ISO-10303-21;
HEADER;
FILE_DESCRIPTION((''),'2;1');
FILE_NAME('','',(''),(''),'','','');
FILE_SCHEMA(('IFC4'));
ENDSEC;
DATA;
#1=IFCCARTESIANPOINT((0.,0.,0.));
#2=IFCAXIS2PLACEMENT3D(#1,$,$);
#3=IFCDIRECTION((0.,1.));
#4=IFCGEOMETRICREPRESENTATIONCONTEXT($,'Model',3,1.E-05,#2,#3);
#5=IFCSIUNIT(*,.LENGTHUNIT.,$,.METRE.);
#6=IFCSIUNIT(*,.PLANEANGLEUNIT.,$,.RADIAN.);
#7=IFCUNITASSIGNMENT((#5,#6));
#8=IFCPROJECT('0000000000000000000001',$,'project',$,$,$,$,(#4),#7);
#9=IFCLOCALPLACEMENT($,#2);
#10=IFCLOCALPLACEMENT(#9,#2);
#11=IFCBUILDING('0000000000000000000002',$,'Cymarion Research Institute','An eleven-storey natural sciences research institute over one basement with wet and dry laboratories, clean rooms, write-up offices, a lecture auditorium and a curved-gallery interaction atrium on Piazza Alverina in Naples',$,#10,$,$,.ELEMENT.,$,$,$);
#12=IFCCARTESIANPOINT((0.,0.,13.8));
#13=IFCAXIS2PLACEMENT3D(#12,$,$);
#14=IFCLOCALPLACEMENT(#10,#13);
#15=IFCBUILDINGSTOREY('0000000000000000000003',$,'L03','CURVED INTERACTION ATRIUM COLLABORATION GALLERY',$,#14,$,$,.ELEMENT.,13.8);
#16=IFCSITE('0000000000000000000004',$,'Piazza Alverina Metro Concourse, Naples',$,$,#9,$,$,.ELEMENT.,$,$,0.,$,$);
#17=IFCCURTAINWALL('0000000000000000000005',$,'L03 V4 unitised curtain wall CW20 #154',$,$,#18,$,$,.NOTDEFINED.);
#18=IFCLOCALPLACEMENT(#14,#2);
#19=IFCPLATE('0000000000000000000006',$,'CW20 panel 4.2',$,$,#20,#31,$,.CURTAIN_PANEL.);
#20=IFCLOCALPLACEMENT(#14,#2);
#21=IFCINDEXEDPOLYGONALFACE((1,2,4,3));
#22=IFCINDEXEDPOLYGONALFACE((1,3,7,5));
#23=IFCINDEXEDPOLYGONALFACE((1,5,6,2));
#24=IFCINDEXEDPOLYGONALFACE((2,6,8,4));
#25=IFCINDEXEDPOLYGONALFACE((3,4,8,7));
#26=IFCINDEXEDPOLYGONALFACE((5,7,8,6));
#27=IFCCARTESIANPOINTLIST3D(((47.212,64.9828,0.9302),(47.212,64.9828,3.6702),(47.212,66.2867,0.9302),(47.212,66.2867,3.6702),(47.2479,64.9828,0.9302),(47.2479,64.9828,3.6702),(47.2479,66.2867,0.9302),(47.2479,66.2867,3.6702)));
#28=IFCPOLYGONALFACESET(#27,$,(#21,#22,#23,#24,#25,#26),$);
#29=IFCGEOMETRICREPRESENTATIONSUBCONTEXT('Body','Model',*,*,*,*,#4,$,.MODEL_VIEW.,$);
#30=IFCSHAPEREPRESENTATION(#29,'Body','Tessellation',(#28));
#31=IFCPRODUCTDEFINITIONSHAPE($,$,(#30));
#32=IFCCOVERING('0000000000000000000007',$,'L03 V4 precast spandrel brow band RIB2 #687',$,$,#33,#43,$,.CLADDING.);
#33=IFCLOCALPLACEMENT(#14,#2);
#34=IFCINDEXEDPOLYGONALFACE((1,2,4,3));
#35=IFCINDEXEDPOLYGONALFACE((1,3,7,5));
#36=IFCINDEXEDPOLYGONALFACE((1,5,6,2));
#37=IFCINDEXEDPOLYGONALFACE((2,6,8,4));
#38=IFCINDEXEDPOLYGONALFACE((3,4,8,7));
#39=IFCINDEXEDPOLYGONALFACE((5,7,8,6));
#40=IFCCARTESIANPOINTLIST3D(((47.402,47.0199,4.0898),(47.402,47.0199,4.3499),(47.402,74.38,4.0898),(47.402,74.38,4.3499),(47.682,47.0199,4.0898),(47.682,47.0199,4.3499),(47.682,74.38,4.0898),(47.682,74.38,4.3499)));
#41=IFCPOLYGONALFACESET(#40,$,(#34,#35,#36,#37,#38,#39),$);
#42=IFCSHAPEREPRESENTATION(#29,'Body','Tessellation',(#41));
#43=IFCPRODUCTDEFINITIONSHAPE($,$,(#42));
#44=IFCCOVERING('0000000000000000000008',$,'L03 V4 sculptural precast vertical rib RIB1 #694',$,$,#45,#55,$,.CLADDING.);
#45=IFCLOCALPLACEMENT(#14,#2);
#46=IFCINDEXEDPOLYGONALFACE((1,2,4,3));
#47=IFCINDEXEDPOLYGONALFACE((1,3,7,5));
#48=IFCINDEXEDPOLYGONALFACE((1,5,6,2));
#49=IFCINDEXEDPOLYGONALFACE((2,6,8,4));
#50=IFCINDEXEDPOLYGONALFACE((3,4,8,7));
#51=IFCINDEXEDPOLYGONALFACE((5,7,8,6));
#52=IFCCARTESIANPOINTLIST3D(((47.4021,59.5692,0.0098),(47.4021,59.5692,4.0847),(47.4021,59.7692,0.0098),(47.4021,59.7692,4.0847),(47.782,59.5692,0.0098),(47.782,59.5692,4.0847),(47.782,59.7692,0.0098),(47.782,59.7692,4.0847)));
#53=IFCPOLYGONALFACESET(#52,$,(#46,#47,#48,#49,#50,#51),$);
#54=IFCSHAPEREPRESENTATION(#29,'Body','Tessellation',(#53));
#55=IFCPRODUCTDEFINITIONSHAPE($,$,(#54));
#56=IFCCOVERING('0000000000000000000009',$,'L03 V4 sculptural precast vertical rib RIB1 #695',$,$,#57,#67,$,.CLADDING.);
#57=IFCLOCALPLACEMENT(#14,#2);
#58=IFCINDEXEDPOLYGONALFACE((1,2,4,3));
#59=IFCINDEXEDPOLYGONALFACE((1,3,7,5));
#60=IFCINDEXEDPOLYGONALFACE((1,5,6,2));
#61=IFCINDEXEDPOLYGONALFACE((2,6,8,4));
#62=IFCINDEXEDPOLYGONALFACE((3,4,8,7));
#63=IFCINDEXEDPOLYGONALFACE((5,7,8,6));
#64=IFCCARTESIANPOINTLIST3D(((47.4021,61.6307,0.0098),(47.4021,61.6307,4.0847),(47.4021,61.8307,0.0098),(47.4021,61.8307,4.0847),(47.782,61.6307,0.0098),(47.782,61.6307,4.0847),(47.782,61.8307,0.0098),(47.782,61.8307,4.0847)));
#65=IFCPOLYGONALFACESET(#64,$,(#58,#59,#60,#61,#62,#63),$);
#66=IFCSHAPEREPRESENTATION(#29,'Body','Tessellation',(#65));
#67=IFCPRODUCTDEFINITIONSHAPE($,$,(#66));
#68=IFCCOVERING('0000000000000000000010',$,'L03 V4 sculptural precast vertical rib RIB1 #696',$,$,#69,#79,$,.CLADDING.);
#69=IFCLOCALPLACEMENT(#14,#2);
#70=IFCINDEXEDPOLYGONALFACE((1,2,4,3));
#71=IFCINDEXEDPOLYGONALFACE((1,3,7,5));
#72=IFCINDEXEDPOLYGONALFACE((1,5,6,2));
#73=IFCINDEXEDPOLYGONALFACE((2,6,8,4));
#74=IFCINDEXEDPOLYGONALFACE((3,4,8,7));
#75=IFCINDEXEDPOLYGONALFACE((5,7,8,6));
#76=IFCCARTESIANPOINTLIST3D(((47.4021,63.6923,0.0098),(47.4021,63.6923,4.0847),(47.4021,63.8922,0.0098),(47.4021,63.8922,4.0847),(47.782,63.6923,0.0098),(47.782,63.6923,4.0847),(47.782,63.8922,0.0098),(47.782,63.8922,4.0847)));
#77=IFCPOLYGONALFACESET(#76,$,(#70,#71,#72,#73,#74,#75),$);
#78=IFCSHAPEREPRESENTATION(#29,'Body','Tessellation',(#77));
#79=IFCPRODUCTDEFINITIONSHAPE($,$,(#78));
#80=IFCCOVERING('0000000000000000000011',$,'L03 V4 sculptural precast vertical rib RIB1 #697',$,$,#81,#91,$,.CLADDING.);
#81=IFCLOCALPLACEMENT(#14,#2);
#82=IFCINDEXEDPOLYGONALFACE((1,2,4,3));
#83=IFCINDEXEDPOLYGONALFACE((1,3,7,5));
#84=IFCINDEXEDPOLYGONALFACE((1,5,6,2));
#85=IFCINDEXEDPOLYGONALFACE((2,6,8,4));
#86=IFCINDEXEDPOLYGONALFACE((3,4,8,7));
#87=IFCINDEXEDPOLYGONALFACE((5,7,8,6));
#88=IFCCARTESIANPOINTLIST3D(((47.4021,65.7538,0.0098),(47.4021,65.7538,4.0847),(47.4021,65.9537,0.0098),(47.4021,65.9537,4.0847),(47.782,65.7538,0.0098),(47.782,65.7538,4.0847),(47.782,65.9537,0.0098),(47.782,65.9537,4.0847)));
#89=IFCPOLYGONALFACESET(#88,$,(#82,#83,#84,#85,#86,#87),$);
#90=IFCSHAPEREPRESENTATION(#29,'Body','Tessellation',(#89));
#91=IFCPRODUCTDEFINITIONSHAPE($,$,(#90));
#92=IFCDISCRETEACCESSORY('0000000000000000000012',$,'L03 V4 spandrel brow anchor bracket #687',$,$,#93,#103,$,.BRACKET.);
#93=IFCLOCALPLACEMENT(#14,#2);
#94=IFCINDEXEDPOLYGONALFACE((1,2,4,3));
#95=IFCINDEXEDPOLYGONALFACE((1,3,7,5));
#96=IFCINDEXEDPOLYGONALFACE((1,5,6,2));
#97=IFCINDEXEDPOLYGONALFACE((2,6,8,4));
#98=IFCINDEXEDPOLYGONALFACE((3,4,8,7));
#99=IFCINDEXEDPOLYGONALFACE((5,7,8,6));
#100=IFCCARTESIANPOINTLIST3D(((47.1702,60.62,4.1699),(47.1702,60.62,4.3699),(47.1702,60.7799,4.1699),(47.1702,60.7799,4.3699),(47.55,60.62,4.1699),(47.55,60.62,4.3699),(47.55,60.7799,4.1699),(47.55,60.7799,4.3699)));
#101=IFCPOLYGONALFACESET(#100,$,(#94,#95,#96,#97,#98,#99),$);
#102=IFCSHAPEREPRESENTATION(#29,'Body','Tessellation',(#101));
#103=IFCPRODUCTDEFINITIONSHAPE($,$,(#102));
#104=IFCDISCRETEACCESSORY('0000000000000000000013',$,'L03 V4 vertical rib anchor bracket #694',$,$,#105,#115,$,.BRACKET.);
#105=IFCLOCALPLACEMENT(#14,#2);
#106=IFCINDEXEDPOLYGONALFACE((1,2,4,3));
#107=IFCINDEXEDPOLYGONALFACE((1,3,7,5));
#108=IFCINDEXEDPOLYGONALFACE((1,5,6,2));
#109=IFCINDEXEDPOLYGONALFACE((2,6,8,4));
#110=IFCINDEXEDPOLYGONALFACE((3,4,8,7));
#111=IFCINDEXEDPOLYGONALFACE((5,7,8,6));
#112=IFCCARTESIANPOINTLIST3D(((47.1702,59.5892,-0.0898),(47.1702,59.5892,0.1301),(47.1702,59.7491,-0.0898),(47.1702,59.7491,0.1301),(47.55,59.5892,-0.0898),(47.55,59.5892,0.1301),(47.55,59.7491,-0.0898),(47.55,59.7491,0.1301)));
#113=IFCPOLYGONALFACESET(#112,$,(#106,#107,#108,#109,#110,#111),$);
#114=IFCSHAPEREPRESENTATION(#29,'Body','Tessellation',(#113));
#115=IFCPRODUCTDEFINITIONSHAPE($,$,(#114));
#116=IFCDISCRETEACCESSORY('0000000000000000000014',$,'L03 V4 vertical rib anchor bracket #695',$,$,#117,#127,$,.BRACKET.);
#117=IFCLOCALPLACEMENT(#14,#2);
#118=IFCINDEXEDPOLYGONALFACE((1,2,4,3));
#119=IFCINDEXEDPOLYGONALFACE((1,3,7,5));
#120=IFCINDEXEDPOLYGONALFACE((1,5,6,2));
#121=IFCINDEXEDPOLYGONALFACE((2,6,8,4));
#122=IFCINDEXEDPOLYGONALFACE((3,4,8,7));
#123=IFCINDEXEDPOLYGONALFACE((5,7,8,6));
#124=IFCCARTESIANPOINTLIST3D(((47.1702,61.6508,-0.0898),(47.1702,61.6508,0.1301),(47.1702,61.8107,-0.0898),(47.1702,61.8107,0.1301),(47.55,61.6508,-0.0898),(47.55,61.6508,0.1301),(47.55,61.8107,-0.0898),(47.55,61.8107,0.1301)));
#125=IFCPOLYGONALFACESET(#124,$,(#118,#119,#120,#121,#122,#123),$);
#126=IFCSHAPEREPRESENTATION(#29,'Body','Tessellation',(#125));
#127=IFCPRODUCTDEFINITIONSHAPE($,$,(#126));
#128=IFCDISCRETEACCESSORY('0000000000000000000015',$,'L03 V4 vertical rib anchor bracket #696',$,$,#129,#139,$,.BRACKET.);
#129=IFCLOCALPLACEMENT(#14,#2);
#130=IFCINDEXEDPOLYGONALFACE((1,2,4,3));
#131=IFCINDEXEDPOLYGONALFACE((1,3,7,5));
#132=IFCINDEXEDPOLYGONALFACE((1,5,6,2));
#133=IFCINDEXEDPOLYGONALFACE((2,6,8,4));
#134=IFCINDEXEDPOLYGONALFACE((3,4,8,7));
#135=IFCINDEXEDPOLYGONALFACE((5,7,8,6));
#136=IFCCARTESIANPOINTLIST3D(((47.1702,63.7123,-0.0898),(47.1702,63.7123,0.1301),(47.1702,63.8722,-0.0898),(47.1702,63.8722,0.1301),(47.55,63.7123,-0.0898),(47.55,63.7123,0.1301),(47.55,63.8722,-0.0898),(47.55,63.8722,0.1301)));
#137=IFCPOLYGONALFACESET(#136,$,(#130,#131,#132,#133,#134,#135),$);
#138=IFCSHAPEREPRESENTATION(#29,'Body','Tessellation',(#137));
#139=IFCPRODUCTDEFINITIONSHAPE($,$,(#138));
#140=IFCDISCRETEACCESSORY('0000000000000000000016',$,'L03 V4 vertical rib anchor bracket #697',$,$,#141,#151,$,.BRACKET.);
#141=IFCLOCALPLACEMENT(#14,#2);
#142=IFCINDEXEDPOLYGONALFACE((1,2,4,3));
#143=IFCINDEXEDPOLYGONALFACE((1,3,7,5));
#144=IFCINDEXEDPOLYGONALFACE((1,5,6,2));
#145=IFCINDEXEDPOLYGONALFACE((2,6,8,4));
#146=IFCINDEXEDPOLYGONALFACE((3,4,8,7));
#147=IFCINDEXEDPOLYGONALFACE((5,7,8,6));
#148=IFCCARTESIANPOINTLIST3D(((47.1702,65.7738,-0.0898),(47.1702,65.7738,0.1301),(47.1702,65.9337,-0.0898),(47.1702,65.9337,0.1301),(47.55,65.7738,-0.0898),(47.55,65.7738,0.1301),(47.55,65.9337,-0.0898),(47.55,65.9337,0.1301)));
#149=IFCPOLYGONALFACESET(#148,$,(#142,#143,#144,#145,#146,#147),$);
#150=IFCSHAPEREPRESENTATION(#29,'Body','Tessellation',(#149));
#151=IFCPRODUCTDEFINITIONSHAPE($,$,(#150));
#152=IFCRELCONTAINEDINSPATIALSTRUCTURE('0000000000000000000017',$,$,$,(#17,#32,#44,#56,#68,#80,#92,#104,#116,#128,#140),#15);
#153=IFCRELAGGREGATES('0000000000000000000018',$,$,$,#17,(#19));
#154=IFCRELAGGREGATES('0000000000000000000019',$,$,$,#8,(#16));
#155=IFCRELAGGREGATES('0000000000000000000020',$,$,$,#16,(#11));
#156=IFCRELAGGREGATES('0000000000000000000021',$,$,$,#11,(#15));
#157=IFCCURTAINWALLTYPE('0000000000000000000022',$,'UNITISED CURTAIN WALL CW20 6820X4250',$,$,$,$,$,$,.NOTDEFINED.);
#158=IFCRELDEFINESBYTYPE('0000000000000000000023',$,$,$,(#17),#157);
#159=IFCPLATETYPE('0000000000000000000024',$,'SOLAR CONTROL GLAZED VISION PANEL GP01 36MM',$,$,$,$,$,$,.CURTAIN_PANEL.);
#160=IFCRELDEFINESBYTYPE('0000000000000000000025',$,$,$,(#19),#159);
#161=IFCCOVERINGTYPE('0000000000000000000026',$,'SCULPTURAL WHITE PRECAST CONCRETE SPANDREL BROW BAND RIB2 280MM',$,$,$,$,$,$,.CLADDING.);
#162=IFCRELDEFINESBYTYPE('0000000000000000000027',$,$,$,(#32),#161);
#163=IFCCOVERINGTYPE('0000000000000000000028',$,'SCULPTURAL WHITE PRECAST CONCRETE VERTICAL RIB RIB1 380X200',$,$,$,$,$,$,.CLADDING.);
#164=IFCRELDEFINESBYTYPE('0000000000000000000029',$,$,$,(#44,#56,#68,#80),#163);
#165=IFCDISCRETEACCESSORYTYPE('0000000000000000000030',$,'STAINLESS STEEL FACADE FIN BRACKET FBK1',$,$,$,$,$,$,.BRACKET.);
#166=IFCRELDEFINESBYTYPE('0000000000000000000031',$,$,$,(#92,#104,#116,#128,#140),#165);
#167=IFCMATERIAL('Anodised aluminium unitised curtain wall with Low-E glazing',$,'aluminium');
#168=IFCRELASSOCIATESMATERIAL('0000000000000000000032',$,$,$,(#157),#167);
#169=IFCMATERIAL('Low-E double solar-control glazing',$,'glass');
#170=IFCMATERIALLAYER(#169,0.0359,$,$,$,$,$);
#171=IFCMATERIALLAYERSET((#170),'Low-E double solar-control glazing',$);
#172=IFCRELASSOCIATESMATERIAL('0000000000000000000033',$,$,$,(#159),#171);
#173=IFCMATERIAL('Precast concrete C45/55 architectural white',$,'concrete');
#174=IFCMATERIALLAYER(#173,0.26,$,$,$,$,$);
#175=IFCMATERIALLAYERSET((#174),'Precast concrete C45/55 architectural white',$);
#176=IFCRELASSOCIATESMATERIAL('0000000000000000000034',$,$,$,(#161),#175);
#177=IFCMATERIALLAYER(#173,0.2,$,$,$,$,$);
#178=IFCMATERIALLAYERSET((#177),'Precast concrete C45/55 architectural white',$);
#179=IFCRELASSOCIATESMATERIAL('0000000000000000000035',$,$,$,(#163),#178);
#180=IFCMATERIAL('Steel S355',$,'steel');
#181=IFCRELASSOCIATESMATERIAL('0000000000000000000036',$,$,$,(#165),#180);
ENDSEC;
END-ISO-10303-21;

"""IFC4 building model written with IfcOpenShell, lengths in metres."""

from ifc_helpers import new_model, si_unit, direction, frame, origin, origin_2d, place, context, subcontext, project, spatial, rectangle, extrude, material, layer, layer_set, type_object, element, aggregate, save


model = new_model("IFC4")

# Units and contexts
model_context = context("Model", 3, precision=1e-05, world=origin(), true_north=direction((0.0, 1.0)))
body_context = subcontext(model_context, "Body", "Model", "MODEL_VIEW")
ifc_project = project(units=[si_unit("LENGTHUNIT", "METRE"), si_unit("PLANEANGLEUNIT", "RADIAN")], contexts=[model_context])

# Site, building, storey
site_placement = place(None, origin())
site = spatial("IfcSite", under=ifc_project, at=site_placement, Name="Piazza Alverina Metro Concourse, Naples", CompositionType="ELEMENT", RefElevation=0.0)
building_placement = place(site_placement, origin())
building = spatial("IfcBuilding", under=site, at=building_placement, Name="Cymarion Research Institute", Description="An eleven-storey natural sciences research institute over one basement with wet and dry laboratories, clean rooms, write-up offices, a lecture auditorium and a curved-gallery interaction atrium on Piazza Alverina in Naples", CompositionType="ELEMENT")
storey_placement = place(building_placement, frame((0.0, 0.0, 13.8)))
storey = spatial("IfcBuildingStorey", under=building, at=storey_placement, Name="L03", Description="CURVED INTERACTION ATRIUM COLLABORATION GALLERY", CompositionType="ELEMENT", Elevation=13.8)

# Curtain wall, plate
ifc_material_1 = material(Name="Anodised aluminium unitised curtain wall with Low-E glazing", Category="aluminium")
curtain_wall_type = type_object("IfcCurtainWallType", Name="UNITISED CURTAIN WALL CW20 6820X4250", PredefinedType="NOTDEFINED", material=ifc_material_1)
curtain_wall_placement = place(storey_placement, origin())
curtain_wall = element("IfcCurtainWall", 1, at=curtain_wall_placement, inside=storey, type_object=curtain_wall_type, Name="L03 V4 unitised curtain wall CW20 #154", PredefinedType="NOTDEFINED")
ifc_material_2 = material(Name="Low-E double solar-control glazing", Category="glass")
ifc_layer_1 = layer(ifc_material_2, 0.0359)
ifc_layer_set_1 = layer_set([ifc_layer_1], Name="Low-E double solar-control glazing")
plate_type_1 = type_object("IfcPlateType", Name="SOLAR CONTROL GLAZED VISION PANEL GP01 36MM", PredefinedType="CURTAIN_PANEL", material=ifc_layer_set_1)
plate_1_placement = place(storey_placement, frame((47.23, 65.6348, 0.9302), z_axis=(0.0, 0.0, 1.0), x_axis=(0.0, 1.0, 0.0)))
plate_1 = element("IfcPlate", 2, at=plate_1_placement, type_object=plate_type_1, Name="CW20 panel 4.2", PredefinedType="CURTAIN_PANEL", context=body_context, shape_type="SweptSolid", body=[
    extrude(rectangle(XDim=1.304, YDim=0.0359, at=origin_2d()), origin(), (0.0, 0.0, 1.0), 2.74),
])
aggregate(curtain_wall, [plate_1])

# Coverings
ifc_material_3 = material(Name="Precast concrete C45/55 architectural white", Category="concrete")
ifc_layer_2 = layer(ifc_material_3, 0.26)
ifc_layer_set_2 = layer_set([ifc_layer_2], Name="Precast concrete C45/55 architectural white")
covering_type_1 = type_object("IfcCoveringType", Name="SCULPTURAL WHITE PRECAST CONCRETE SPANDREL BROW BAND RIB2 280MM", PredefinedType="CLADDING", material=ifc_layer_set_2)
covering_placement = place(storey_placement, frame((47.542, 60.7, 4.0898), z_axis=(0.0, 0.0, 1.0), x_axis=(1.0, 0.0, 0.0)))
element("IfcCovering", 3, at=covering_placement, inside=storey, type_object=covering_type_1, Name="L03 V4 precast spandrel brow band RIB2 #687", PredefinedType="CLADDING", context=body_context, shape_type="SweptSolid", body=[
    extrude(rectangle(XDim=0.28, YDim=27.3601, at=origin_2d()), origin(), (0.0, 0.0, 1.0), 0.26),
])
ifc_layer_3 = layer(ifc_material_3, 0.2)
ifc_layer_set_3 = layer_set([ifc_layer_3], Name="Precast concrete C45/55 architectural white")
covering_type_2 = type_object("IfcCoveringType", Name="SCULPTURAL WHITE PRECAST CONCRETE VERTICAL RIB RIB1 380X200", PredefinedType="CLADDING", material=ifc_layer_set_3)
for number, where, z_axis, x_axis, name in (
    (4, (47.592, 59.6692, 0.0098), (0.0, 0.0, 1.0), (1.0, 0.0, 0.0), "L03 V4 sculptural precast vertical rib RIB1 #694"),
    (5, (47.592, 61.7307, 0.0098), (0.0, 0.0, 1.0), (1.0, 0.0, 0.0), "L03 V4 sculptural precast vertical rib RIB1 #695"),
    (6, (47.592, 63.7922, 0.0098), (0.0, 0.0, 1.0), (1.0, 0.0, 0.0), "L03 V4 sculptural precast vertical rib RIB1 #696"),
    (7, (47.592, 65.8538, 0.0098), (0.0, 0.0, 1.0), (1.0, 0.0, 0.0), "L03 V4 sculptural precast vertical rib RIB1 #697"),
):
    element("IfcCovering", number, at=place(storey_placement, frame(where, z_axis=z_axis, x_axis=x_axis)), inside=storey, type_object=covering_type_2, Name=name, PredefinedType="CLADDING", context=body_context, shape_type="SweptSolid", body=[
        extrude(rectangle(XDim=0.3799, YDim=0.2, at=origin_2d()), origin(), (0.0, 0.0, 1.0), 4.075),
    ])

# Discrete accessories
ifc_material_4 = material(Name="Steel S355", Category="steel")
discrete_accessory_type = type_object("IfcDiscreteAccessoryType", Name="STAINLESS STEEL FACADE FIN BRACKET FBK1", PredefinedType="BRACKET", material=ifc_material_4)
discrete_accessory_placement = place(storey_placement, frame((47.3601, 60.7, 4.1699), z_axis=(0.0, 0.0, 1.0), x_axis=(1.0, 0.0, 0.0)))
element("IfcDiscreteAccessory", 8, at=discrete_accessory_placement, inside=storey, type_object=discrete_accessory_type, Name="L03 V4 spandrel brow anchor bracket #687", PredefinedType="BRACKET", context=body_context, shape_type="SweptSolid", body=[
    extrude(rectangle(XDim=0.3799, YDim=0.1599, at=origin_2d()), origin(), (0.0, 0.0, 1.0), 0.2),
])
for number, where, z_axis, x_axis, name in (
    (9, (47.3601, 59.6692, -0.0898), (0.0, 0.0, 1.0), (1.0, 0.0, 0.0), "L03 V4 vertical rib anchor bracket #694"),
    (10, (47.3601, 61.7307, -0.0898), (0.0, 0.0, 1.0), (1.0, 0.0, 0.0), "L03 V4 vertical rib anchor bracket #695"),
    (11, (47.3601, 63.7922, -0.0898), (0.0, 0.0, 1.0), (1.0, 0.0, 0.0), "L03 V4 vertical rib anchor bracket #696"),
    (12, (47.3601, 65.8538, -0.0898), (0.0, 0.0, 1.0), (1.0, 0.0, 0.0), "L03 V4 vertical rib anchor bracket #697"),
):
    element("IfcDiscreteAccessory", number, at=place(storey_placement, frame(where, z_axis=z_axis, x_axis=x_axis)), inside=storey, type_object=discrete_accessory_type, Name=name, PredefinedType="BRACKET", context=body_context, shape_type="SweptSolid", body=[
        extrude(rectangle(XDim=0.3799, YDim=0.1599, at=origin_2d()), origin(), (0.0, 0.0, 1.0), 0.22),
    ])

save(model, "model.ifc")
